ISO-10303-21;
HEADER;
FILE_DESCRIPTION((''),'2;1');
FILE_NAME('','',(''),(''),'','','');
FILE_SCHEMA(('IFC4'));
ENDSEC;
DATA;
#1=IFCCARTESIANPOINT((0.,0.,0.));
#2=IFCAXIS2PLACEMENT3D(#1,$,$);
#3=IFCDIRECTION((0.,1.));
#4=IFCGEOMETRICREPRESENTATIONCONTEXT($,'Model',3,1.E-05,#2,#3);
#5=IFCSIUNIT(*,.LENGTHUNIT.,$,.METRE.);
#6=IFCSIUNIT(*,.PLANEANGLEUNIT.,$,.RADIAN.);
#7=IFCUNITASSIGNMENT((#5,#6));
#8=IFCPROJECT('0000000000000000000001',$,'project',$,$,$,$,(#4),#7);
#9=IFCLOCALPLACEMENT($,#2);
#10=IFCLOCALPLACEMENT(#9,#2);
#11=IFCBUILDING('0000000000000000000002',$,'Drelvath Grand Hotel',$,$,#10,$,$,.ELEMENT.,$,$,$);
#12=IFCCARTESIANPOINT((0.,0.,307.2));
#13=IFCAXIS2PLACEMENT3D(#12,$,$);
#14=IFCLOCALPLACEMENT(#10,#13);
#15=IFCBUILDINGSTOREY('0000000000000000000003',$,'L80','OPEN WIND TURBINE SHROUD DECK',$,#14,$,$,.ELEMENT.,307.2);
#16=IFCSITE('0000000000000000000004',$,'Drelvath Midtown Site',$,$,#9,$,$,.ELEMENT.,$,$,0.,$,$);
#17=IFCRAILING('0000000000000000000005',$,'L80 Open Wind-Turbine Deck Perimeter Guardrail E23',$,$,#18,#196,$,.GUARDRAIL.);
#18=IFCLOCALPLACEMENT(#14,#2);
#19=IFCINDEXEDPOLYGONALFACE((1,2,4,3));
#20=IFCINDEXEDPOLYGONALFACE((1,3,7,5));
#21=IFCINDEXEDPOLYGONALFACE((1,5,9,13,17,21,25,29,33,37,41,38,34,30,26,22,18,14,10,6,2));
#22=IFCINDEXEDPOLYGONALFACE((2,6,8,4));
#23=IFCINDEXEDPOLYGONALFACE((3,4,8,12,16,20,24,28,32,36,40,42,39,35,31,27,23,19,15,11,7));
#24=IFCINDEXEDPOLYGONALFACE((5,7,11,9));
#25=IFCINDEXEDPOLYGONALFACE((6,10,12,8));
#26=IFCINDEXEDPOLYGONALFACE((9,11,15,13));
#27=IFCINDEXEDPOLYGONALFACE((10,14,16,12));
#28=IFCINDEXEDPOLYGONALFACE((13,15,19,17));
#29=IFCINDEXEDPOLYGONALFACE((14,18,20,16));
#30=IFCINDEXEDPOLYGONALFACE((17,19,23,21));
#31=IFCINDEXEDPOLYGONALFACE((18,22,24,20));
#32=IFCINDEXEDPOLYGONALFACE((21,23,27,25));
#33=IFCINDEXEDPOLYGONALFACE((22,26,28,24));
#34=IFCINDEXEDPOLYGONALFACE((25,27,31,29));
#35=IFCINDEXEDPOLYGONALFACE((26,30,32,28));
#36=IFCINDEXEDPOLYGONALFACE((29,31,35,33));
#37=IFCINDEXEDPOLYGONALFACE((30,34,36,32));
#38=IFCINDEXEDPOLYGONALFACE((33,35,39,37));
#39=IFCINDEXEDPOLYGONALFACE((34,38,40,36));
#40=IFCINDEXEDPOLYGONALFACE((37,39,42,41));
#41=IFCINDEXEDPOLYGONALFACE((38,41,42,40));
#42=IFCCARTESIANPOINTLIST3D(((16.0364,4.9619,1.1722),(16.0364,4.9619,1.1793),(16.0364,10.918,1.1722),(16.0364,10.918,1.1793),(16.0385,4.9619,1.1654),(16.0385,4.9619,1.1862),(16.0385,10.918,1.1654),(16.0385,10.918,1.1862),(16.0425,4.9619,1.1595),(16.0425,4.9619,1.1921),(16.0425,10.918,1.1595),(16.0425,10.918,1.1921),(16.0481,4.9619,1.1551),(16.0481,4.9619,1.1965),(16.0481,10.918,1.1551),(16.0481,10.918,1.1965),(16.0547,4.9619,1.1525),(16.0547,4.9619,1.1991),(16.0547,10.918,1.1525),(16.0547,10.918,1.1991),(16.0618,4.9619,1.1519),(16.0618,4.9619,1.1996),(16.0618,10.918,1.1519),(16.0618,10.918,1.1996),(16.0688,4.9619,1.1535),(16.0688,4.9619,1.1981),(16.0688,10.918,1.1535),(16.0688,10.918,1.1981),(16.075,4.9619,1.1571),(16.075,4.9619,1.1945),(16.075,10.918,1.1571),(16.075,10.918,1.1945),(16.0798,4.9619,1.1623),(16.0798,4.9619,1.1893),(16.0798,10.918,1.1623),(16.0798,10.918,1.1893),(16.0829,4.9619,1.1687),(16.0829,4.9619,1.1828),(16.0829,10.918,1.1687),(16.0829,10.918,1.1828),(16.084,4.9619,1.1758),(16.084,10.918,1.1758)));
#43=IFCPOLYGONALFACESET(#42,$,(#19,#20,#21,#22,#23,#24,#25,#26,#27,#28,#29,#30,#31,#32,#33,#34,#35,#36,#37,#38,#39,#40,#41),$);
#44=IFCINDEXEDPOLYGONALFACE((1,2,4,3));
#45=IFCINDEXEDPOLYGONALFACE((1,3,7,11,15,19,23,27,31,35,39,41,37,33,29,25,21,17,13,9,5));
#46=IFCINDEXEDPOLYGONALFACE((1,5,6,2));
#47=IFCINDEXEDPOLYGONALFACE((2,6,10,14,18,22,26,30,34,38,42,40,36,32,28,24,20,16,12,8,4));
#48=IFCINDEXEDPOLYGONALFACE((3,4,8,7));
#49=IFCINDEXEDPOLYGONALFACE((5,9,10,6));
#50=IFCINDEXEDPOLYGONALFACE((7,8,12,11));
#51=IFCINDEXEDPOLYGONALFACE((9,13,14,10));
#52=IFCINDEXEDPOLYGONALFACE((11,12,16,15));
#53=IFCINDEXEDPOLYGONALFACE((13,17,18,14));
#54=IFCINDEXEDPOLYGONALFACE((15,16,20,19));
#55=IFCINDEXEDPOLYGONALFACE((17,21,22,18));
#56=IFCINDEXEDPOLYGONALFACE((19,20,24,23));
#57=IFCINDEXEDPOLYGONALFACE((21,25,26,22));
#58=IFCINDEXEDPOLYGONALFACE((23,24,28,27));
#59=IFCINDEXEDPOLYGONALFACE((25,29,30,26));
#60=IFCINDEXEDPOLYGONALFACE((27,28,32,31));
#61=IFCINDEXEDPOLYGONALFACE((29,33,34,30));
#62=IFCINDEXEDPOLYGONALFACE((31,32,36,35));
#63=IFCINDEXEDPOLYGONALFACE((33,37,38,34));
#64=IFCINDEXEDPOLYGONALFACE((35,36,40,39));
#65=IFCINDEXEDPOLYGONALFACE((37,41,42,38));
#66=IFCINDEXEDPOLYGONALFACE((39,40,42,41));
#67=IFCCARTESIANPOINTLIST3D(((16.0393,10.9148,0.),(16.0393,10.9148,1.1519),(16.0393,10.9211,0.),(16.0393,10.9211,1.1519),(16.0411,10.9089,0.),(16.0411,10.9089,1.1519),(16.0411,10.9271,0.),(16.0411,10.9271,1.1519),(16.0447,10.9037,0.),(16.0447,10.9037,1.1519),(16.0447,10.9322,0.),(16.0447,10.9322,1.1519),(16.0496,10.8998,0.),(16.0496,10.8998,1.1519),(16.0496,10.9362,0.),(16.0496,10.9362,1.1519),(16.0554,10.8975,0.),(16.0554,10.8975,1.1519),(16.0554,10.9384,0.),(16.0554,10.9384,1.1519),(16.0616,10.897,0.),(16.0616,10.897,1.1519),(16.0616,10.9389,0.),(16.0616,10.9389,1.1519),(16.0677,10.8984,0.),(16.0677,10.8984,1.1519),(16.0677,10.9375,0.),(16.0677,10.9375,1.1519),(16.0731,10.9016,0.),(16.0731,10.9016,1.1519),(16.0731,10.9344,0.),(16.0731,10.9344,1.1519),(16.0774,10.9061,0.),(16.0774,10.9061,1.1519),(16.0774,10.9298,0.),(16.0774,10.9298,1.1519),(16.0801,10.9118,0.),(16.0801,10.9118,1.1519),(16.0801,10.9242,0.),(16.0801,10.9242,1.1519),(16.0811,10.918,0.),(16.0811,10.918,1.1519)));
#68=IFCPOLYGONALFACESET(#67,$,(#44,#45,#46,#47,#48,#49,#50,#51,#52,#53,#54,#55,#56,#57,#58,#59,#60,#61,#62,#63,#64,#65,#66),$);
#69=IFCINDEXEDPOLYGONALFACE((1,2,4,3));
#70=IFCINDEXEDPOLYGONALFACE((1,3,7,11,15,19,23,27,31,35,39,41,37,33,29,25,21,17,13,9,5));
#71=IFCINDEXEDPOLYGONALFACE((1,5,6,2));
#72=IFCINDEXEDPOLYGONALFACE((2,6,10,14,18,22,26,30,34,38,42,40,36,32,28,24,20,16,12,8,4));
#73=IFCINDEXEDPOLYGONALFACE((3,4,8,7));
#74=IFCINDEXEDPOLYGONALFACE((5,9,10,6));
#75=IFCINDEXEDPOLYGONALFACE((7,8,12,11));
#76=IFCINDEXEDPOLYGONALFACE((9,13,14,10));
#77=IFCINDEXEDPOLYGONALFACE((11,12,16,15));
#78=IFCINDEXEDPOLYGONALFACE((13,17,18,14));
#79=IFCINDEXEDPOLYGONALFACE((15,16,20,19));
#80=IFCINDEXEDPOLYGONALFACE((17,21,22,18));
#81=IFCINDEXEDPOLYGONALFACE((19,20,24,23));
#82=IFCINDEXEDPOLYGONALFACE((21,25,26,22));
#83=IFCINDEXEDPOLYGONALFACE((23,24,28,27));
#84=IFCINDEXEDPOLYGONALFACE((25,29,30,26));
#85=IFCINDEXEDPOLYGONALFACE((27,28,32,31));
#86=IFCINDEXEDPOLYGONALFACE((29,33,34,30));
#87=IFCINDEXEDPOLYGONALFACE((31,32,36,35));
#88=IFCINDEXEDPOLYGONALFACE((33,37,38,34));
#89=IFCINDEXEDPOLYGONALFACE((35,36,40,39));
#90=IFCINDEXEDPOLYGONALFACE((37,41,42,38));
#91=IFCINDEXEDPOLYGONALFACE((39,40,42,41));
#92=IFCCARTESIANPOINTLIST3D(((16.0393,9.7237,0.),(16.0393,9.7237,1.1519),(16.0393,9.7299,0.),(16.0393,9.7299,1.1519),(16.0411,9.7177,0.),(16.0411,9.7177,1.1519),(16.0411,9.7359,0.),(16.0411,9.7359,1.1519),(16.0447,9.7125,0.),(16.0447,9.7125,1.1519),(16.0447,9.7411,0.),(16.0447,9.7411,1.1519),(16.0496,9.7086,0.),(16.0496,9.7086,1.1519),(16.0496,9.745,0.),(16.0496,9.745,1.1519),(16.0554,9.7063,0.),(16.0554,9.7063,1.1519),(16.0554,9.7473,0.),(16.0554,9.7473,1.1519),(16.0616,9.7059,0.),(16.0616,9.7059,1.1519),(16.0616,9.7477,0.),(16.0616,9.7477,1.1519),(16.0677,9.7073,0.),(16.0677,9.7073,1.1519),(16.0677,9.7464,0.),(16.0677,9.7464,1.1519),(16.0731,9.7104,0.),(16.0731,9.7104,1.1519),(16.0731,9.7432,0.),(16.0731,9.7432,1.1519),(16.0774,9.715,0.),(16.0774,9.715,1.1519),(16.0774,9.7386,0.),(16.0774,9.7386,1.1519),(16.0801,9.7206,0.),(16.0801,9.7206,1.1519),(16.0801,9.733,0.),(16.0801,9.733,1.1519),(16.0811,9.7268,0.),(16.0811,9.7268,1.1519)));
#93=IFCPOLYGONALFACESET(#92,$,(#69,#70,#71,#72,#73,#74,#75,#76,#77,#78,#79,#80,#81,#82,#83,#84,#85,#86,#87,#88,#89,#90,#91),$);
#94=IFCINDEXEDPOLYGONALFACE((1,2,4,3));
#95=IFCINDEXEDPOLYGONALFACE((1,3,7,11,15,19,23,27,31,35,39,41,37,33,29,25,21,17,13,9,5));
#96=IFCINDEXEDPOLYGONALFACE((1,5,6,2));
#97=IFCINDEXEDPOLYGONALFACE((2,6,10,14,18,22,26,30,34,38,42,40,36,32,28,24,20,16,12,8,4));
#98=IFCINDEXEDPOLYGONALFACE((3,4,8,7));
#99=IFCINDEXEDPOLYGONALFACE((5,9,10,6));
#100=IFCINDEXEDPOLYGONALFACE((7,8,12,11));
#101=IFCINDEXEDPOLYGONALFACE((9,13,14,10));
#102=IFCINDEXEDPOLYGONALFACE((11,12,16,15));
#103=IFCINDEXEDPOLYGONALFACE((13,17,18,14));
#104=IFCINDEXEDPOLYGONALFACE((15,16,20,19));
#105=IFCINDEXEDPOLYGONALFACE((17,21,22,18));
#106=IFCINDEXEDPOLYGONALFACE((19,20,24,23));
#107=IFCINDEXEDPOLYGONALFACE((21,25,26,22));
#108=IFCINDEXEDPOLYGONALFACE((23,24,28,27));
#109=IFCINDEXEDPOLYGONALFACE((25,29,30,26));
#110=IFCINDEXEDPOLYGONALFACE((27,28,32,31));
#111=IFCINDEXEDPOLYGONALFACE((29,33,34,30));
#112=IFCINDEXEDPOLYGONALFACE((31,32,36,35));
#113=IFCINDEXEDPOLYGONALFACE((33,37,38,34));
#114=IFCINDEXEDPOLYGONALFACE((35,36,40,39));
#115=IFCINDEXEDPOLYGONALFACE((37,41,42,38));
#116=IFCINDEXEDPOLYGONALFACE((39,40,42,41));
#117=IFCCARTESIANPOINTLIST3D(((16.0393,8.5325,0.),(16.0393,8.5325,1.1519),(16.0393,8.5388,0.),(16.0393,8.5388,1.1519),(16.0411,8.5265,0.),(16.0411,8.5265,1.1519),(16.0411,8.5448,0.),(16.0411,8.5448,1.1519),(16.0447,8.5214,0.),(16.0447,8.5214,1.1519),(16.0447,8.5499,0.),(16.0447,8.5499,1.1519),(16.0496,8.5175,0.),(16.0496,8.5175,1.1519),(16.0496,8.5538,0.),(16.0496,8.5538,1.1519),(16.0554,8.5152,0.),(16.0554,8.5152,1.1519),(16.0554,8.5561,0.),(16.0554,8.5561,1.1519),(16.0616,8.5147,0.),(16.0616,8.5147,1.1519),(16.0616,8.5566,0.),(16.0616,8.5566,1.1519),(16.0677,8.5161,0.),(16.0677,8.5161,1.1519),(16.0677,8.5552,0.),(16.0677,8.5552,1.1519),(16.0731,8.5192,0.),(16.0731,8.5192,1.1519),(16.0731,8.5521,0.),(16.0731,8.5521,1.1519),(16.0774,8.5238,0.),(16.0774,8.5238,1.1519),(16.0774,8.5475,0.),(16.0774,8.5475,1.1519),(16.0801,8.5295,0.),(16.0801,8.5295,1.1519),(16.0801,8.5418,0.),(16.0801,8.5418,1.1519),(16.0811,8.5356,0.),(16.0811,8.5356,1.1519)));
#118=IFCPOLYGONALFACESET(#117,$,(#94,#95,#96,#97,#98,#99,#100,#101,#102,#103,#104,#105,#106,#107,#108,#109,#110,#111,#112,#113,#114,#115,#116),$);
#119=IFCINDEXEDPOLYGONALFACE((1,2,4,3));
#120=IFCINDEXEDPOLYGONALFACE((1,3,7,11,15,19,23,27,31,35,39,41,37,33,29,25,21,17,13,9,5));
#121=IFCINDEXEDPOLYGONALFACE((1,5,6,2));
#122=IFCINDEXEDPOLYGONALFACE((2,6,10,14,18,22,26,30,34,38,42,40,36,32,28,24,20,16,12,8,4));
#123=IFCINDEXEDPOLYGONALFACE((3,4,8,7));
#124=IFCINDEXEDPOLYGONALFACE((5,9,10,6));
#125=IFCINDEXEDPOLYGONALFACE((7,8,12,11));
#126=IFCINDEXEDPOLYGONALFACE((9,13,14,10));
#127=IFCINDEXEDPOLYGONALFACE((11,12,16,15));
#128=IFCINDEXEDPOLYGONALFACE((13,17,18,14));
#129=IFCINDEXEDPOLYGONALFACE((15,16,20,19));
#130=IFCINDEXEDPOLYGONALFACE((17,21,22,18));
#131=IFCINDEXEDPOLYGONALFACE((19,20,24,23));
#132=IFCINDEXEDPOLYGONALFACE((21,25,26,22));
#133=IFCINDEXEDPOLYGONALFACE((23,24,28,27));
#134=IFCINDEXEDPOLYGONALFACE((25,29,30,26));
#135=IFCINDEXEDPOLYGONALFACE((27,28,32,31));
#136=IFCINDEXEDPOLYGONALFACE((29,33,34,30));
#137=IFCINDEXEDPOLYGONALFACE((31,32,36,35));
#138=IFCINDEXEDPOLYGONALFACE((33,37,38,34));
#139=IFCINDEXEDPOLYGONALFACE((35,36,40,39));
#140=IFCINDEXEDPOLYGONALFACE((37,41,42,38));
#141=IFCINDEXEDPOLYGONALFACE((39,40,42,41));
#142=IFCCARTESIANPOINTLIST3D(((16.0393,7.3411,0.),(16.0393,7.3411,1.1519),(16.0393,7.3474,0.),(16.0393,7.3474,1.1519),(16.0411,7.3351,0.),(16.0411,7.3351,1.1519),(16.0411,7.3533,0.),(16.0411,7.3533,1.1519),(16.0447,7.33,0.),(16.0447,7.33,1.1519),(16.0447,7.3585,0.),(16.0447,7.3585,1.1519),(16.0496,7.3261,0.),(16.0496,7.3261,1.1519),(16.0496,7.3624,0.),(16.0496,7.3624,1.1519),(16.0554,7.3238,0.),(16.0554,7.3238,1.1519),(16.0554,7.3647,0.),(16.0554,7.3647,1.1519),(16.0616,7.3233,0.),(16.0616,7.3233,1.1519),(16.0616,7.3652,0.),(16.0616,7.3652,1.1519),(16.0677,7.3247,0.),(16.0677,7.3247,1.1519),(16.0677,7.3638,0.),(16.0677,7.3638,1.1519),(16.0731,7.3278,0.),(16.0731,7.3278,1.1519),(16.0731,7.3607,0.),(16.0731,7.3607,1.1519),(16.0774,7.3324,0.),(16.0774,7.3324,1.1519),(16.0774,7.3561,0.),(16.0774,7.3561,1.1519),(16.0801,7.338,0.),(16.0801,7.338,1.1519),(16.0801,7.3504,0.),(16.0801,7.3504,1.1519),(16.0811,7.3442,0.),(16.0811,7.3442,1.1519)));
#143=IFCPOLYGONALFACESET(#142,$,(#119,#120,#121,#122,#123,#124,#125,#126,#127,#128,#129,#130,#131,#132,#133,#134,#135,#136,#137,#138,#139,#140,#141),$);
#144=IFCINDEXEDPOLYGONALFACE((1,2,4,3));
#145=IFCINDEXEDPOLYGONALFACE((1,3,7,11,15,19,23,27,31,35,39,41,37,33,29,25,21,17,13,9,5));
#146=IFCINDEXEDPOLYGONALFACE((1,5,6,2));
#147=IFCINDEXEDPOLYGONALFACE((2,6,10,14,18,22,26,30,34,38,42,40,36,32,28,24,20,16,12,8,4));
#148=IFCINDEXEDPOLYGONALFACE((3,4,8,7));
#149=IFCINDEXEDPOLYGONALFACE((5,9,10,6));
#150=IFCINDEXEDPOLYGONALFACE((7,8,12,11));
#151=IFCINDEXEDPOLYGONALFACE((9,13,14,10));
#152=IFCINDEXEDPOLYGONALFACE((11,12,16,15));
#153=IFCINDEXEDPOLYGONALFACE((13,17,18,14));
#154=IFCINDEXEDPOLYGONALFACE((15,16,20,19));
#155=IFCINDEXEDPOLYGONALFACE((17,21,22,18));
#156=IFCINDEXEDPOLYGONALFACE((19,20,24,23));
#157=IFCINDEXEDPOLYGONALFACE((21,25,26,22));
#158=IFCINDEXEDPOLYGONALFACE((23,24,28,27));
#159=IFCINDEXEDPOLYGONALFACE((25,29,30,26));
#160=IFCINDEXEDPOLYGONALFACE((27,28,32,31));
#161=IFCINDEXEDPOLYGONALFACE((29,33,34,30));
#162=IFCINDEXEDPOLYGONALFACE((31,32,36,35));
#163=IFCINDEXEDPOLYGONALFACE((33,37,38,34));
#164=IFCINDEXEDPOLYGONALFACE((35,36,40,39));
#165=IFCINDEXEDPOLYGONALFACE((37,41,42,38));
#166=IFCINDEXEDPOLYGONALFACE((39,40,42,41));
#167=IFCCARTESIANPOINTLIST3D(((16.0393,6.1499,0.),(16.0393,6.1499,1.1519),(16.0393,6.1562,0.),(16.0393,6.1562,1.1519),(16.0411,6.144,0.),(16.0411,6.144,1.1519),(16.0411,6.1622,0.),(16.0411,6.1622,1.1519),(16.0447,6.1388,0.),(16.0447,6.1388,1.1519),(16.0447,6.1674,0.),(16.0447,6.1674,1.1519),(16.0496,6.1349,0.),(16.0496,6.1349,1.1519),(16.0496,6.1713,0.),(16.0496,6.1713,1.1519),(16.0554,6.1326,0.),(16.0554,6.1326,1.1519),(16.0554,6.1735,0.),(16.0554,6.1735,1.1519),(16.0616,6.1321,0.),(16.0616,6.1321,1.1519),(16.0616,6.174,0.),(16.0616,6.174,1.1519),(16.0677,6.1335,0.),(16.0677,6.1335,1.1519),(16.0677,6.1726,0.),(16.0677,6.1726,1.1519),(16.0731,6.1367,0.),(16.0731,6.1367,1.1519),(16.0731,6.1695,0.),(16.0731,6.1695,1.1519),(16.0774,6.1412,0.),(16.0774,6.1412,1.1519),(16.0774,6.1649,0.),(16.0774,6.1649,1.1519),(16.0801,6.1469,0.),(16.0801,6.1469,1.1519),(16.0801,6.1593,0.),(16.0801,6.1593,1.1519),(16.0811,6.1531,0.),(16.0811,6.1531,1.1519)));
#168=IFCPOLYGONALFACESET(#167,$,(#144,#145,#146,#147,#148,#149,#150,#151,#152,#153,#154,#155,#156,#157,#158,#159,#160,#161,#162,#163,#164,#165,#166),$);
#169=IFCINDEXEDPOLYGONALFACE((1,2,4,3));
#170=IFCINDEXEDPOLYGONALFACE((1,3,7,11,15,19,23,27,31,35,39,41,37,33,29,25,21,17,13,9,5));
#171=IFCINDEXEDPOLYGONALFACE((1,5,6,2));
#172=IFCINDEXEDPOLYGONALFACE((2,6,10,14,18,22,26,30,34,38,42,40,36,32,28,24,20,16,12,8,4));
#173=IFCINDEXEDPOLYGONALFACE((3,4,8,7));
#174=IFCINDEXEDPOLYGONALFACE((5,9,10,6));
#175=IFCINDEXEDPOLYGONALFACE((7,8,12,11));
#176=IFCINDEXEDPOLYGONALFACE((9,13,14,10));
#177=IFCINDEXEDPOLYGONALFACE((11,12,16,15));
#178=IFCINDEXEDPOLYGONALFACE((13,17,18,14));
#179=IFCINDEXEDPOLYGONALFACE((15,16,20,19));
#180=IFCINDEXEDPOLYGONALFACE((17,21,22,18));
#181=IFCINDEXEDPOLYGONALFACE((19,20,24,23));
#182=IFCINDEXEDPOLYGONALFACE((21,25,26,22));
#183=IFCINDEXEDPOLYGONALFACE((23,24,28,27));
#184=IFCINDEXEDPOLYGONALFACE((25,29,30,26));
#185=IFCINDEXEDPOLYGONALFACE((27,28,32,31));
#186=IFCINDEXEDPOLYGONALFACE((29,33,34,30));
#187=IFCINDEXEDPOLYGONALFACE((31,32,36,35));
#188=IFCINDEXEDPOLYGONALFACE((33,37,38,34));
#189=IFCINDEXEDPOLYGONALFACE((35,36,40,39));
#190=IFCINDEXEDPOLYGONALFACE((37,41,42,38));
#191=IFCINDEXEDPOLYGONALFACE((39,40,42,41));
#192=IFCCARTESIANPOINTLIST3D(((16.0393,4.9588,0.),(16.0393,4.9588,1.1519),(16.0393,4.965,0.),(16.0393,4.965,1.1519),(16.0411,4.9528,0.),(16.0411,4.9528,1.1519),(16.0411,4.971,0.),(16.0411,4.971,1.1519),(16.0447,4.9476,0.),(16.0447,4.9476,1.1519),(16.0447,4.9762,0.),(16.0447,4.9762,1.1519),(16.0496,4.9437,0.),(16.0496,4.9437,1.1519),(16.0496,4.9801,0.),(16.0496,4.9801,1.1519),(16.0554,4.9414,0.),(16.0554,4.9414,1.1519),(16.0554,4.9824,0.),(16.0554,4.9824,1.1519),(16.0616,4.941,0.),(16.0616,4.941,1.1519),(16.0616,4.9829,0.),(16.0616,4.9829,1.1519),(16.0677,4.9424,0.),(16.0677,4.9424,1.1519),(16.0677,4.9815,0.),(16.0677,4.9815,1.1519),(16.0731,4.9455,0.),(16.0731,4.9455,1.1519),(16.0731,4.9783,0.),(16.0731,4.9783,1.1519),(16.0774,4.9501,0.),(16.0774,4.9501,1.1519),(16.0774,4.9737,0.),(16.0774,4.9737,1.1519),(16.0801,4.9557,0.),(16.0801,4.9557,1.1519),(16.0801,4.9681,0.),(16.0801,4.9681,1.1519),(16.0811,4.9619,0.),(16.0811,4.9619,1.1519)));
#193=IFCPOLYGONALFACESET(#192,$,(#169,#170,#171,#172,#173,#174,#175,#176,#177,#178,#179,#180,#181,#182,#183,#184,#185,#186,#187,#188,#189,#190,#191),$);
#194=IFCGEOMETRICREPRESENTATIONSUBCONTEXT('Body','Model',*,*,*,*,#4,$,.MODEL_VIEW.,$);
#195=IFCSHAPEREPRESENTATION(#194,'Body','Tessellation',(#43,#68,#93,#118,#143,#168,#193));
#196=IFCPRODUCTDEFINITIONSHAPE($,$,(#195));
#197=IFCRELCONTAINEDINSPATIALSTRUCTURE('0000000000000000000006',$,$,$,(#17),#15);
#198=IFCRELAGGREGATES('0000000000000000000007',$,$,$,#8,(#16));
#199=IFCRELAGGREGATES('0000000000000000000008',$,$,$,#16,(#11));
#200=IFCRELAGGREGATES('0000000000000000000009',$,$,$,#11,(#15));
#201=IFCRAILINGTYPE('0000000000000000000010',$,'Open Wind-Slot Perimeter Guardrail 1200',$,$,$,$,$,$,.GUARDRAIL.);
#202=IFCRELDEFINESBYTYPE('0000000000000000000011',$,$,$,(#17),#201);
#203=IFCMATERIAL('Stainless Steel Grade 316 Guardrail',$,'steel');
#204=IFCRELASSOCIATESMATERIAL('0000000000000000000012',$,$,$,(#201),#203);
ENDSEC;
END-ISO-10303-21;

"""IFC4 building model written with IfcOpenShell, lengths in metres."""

from ifc_helpers import new_model, si_unit, direction, frame, origin, origin_2d, place, context, subcontext, project, spatial, circle, extrude, material, type_object, element, save


model = new_model("IFC4")

# Units and contexts
model_context = context("Model", 3, precision=1e-05, world=origin(), true_north=direction((0.0, 1.0)))
body_context = subcontext(model_context, "Body", "Model", "MODEL_VIEW")
ifc_project = project(units=[si_unit("LENGTHUNIT", "METRE"), si_unit("PLANEANGLEUNIT", "RADIAN")], contexts=[model_context])

# Site, building, storey
site_placement = place(None, origin())
site = spatial("IfcSite", under=ifc_project, at=site_placement, Name="Drelvath Midtown Site", CompositionType="ELEMENT", RefElevation=0.0)
building_placement = place(site_placement, origin())
building = spatial("IfcBuilding", under=site, at=building_placement, Name="Drelvath Grand Hotel", CompositionType="ELEMENT")
storey_placement = place(building_placement, frame((0.0, 0.0, 307.2)))
storey = spatial("IfcBuildingStorey", under=building, at=storey_placement, Name="L80", Description="OPEN WIND TURBINE SHROUD DECK", CompositionType="ELEMENT", Elevation=307.2)

# Railing
ifc_material_1 = material(Name="Stainless Steel Grade 316 Guardrail", Category="steel")
railing_type = type_object("IfcRailingType", Name="Open Wind-Slot Perimeter Guardrail 1200", PredefinedType="GUARDRAIL", material=ifc_material_1)
railing_1_placement = place(storey_placement, frame((16.0601, 10.918, 0.0)))
element("IfcRailing", 1, at=railing_1_placement, inside=storey, type_object=railing_type, Name="L80 Open Wind-Turbine Deck Perimeter Guardrail E23", PredefinedType="GUARDRAIL", context=body_context, shape_type="SweptSolid", body=[
    extrude(circle(Radius=0.0239, at=origin_2d()), frame((0.0, 0.0, 1.1758), z_axis=(0.0, -1.0, 0.0), x_axis=(1.0, 0.0, 0.0)), (0.0, 0.0, 1.0), 5.9561),
    extrude(circle(Radius=0.021, at=origin_2d()), origin(), (0.0, 0.0, 1.0), 1.1519),
    extrude(circle(Radius=0.021, at=origin_2d()), frame((0.0, -1.1912, 0.0)), (0.0, 0.0, 1.0), 1.1519),
    extrude(circle(Radius=0.021, at=origin_2d()), frame((0.0, -2.3823, 0.0)), (0.0, 0.0, 1.0), 1.1519),
    extrude(circle(Radius=0.021, at=origin_2d()), frame((0.0, -3.5737, 0.0)), (0.0, 0.0, 1.0), 1.1519),
    extrude(circle(Radius=0.021, at=origin_2d()), frame((0.0, -4.7649, 0.0)), (0.0, 0.0, 1.0), 1.1519),
    extrude(circle(Radius=0.021, at=origin_2d()), frame((0.0, -5.9561, 0.0)), (0.0, 0.0, 1.0), 1.1519),
])

save(model, "model.ifc")
